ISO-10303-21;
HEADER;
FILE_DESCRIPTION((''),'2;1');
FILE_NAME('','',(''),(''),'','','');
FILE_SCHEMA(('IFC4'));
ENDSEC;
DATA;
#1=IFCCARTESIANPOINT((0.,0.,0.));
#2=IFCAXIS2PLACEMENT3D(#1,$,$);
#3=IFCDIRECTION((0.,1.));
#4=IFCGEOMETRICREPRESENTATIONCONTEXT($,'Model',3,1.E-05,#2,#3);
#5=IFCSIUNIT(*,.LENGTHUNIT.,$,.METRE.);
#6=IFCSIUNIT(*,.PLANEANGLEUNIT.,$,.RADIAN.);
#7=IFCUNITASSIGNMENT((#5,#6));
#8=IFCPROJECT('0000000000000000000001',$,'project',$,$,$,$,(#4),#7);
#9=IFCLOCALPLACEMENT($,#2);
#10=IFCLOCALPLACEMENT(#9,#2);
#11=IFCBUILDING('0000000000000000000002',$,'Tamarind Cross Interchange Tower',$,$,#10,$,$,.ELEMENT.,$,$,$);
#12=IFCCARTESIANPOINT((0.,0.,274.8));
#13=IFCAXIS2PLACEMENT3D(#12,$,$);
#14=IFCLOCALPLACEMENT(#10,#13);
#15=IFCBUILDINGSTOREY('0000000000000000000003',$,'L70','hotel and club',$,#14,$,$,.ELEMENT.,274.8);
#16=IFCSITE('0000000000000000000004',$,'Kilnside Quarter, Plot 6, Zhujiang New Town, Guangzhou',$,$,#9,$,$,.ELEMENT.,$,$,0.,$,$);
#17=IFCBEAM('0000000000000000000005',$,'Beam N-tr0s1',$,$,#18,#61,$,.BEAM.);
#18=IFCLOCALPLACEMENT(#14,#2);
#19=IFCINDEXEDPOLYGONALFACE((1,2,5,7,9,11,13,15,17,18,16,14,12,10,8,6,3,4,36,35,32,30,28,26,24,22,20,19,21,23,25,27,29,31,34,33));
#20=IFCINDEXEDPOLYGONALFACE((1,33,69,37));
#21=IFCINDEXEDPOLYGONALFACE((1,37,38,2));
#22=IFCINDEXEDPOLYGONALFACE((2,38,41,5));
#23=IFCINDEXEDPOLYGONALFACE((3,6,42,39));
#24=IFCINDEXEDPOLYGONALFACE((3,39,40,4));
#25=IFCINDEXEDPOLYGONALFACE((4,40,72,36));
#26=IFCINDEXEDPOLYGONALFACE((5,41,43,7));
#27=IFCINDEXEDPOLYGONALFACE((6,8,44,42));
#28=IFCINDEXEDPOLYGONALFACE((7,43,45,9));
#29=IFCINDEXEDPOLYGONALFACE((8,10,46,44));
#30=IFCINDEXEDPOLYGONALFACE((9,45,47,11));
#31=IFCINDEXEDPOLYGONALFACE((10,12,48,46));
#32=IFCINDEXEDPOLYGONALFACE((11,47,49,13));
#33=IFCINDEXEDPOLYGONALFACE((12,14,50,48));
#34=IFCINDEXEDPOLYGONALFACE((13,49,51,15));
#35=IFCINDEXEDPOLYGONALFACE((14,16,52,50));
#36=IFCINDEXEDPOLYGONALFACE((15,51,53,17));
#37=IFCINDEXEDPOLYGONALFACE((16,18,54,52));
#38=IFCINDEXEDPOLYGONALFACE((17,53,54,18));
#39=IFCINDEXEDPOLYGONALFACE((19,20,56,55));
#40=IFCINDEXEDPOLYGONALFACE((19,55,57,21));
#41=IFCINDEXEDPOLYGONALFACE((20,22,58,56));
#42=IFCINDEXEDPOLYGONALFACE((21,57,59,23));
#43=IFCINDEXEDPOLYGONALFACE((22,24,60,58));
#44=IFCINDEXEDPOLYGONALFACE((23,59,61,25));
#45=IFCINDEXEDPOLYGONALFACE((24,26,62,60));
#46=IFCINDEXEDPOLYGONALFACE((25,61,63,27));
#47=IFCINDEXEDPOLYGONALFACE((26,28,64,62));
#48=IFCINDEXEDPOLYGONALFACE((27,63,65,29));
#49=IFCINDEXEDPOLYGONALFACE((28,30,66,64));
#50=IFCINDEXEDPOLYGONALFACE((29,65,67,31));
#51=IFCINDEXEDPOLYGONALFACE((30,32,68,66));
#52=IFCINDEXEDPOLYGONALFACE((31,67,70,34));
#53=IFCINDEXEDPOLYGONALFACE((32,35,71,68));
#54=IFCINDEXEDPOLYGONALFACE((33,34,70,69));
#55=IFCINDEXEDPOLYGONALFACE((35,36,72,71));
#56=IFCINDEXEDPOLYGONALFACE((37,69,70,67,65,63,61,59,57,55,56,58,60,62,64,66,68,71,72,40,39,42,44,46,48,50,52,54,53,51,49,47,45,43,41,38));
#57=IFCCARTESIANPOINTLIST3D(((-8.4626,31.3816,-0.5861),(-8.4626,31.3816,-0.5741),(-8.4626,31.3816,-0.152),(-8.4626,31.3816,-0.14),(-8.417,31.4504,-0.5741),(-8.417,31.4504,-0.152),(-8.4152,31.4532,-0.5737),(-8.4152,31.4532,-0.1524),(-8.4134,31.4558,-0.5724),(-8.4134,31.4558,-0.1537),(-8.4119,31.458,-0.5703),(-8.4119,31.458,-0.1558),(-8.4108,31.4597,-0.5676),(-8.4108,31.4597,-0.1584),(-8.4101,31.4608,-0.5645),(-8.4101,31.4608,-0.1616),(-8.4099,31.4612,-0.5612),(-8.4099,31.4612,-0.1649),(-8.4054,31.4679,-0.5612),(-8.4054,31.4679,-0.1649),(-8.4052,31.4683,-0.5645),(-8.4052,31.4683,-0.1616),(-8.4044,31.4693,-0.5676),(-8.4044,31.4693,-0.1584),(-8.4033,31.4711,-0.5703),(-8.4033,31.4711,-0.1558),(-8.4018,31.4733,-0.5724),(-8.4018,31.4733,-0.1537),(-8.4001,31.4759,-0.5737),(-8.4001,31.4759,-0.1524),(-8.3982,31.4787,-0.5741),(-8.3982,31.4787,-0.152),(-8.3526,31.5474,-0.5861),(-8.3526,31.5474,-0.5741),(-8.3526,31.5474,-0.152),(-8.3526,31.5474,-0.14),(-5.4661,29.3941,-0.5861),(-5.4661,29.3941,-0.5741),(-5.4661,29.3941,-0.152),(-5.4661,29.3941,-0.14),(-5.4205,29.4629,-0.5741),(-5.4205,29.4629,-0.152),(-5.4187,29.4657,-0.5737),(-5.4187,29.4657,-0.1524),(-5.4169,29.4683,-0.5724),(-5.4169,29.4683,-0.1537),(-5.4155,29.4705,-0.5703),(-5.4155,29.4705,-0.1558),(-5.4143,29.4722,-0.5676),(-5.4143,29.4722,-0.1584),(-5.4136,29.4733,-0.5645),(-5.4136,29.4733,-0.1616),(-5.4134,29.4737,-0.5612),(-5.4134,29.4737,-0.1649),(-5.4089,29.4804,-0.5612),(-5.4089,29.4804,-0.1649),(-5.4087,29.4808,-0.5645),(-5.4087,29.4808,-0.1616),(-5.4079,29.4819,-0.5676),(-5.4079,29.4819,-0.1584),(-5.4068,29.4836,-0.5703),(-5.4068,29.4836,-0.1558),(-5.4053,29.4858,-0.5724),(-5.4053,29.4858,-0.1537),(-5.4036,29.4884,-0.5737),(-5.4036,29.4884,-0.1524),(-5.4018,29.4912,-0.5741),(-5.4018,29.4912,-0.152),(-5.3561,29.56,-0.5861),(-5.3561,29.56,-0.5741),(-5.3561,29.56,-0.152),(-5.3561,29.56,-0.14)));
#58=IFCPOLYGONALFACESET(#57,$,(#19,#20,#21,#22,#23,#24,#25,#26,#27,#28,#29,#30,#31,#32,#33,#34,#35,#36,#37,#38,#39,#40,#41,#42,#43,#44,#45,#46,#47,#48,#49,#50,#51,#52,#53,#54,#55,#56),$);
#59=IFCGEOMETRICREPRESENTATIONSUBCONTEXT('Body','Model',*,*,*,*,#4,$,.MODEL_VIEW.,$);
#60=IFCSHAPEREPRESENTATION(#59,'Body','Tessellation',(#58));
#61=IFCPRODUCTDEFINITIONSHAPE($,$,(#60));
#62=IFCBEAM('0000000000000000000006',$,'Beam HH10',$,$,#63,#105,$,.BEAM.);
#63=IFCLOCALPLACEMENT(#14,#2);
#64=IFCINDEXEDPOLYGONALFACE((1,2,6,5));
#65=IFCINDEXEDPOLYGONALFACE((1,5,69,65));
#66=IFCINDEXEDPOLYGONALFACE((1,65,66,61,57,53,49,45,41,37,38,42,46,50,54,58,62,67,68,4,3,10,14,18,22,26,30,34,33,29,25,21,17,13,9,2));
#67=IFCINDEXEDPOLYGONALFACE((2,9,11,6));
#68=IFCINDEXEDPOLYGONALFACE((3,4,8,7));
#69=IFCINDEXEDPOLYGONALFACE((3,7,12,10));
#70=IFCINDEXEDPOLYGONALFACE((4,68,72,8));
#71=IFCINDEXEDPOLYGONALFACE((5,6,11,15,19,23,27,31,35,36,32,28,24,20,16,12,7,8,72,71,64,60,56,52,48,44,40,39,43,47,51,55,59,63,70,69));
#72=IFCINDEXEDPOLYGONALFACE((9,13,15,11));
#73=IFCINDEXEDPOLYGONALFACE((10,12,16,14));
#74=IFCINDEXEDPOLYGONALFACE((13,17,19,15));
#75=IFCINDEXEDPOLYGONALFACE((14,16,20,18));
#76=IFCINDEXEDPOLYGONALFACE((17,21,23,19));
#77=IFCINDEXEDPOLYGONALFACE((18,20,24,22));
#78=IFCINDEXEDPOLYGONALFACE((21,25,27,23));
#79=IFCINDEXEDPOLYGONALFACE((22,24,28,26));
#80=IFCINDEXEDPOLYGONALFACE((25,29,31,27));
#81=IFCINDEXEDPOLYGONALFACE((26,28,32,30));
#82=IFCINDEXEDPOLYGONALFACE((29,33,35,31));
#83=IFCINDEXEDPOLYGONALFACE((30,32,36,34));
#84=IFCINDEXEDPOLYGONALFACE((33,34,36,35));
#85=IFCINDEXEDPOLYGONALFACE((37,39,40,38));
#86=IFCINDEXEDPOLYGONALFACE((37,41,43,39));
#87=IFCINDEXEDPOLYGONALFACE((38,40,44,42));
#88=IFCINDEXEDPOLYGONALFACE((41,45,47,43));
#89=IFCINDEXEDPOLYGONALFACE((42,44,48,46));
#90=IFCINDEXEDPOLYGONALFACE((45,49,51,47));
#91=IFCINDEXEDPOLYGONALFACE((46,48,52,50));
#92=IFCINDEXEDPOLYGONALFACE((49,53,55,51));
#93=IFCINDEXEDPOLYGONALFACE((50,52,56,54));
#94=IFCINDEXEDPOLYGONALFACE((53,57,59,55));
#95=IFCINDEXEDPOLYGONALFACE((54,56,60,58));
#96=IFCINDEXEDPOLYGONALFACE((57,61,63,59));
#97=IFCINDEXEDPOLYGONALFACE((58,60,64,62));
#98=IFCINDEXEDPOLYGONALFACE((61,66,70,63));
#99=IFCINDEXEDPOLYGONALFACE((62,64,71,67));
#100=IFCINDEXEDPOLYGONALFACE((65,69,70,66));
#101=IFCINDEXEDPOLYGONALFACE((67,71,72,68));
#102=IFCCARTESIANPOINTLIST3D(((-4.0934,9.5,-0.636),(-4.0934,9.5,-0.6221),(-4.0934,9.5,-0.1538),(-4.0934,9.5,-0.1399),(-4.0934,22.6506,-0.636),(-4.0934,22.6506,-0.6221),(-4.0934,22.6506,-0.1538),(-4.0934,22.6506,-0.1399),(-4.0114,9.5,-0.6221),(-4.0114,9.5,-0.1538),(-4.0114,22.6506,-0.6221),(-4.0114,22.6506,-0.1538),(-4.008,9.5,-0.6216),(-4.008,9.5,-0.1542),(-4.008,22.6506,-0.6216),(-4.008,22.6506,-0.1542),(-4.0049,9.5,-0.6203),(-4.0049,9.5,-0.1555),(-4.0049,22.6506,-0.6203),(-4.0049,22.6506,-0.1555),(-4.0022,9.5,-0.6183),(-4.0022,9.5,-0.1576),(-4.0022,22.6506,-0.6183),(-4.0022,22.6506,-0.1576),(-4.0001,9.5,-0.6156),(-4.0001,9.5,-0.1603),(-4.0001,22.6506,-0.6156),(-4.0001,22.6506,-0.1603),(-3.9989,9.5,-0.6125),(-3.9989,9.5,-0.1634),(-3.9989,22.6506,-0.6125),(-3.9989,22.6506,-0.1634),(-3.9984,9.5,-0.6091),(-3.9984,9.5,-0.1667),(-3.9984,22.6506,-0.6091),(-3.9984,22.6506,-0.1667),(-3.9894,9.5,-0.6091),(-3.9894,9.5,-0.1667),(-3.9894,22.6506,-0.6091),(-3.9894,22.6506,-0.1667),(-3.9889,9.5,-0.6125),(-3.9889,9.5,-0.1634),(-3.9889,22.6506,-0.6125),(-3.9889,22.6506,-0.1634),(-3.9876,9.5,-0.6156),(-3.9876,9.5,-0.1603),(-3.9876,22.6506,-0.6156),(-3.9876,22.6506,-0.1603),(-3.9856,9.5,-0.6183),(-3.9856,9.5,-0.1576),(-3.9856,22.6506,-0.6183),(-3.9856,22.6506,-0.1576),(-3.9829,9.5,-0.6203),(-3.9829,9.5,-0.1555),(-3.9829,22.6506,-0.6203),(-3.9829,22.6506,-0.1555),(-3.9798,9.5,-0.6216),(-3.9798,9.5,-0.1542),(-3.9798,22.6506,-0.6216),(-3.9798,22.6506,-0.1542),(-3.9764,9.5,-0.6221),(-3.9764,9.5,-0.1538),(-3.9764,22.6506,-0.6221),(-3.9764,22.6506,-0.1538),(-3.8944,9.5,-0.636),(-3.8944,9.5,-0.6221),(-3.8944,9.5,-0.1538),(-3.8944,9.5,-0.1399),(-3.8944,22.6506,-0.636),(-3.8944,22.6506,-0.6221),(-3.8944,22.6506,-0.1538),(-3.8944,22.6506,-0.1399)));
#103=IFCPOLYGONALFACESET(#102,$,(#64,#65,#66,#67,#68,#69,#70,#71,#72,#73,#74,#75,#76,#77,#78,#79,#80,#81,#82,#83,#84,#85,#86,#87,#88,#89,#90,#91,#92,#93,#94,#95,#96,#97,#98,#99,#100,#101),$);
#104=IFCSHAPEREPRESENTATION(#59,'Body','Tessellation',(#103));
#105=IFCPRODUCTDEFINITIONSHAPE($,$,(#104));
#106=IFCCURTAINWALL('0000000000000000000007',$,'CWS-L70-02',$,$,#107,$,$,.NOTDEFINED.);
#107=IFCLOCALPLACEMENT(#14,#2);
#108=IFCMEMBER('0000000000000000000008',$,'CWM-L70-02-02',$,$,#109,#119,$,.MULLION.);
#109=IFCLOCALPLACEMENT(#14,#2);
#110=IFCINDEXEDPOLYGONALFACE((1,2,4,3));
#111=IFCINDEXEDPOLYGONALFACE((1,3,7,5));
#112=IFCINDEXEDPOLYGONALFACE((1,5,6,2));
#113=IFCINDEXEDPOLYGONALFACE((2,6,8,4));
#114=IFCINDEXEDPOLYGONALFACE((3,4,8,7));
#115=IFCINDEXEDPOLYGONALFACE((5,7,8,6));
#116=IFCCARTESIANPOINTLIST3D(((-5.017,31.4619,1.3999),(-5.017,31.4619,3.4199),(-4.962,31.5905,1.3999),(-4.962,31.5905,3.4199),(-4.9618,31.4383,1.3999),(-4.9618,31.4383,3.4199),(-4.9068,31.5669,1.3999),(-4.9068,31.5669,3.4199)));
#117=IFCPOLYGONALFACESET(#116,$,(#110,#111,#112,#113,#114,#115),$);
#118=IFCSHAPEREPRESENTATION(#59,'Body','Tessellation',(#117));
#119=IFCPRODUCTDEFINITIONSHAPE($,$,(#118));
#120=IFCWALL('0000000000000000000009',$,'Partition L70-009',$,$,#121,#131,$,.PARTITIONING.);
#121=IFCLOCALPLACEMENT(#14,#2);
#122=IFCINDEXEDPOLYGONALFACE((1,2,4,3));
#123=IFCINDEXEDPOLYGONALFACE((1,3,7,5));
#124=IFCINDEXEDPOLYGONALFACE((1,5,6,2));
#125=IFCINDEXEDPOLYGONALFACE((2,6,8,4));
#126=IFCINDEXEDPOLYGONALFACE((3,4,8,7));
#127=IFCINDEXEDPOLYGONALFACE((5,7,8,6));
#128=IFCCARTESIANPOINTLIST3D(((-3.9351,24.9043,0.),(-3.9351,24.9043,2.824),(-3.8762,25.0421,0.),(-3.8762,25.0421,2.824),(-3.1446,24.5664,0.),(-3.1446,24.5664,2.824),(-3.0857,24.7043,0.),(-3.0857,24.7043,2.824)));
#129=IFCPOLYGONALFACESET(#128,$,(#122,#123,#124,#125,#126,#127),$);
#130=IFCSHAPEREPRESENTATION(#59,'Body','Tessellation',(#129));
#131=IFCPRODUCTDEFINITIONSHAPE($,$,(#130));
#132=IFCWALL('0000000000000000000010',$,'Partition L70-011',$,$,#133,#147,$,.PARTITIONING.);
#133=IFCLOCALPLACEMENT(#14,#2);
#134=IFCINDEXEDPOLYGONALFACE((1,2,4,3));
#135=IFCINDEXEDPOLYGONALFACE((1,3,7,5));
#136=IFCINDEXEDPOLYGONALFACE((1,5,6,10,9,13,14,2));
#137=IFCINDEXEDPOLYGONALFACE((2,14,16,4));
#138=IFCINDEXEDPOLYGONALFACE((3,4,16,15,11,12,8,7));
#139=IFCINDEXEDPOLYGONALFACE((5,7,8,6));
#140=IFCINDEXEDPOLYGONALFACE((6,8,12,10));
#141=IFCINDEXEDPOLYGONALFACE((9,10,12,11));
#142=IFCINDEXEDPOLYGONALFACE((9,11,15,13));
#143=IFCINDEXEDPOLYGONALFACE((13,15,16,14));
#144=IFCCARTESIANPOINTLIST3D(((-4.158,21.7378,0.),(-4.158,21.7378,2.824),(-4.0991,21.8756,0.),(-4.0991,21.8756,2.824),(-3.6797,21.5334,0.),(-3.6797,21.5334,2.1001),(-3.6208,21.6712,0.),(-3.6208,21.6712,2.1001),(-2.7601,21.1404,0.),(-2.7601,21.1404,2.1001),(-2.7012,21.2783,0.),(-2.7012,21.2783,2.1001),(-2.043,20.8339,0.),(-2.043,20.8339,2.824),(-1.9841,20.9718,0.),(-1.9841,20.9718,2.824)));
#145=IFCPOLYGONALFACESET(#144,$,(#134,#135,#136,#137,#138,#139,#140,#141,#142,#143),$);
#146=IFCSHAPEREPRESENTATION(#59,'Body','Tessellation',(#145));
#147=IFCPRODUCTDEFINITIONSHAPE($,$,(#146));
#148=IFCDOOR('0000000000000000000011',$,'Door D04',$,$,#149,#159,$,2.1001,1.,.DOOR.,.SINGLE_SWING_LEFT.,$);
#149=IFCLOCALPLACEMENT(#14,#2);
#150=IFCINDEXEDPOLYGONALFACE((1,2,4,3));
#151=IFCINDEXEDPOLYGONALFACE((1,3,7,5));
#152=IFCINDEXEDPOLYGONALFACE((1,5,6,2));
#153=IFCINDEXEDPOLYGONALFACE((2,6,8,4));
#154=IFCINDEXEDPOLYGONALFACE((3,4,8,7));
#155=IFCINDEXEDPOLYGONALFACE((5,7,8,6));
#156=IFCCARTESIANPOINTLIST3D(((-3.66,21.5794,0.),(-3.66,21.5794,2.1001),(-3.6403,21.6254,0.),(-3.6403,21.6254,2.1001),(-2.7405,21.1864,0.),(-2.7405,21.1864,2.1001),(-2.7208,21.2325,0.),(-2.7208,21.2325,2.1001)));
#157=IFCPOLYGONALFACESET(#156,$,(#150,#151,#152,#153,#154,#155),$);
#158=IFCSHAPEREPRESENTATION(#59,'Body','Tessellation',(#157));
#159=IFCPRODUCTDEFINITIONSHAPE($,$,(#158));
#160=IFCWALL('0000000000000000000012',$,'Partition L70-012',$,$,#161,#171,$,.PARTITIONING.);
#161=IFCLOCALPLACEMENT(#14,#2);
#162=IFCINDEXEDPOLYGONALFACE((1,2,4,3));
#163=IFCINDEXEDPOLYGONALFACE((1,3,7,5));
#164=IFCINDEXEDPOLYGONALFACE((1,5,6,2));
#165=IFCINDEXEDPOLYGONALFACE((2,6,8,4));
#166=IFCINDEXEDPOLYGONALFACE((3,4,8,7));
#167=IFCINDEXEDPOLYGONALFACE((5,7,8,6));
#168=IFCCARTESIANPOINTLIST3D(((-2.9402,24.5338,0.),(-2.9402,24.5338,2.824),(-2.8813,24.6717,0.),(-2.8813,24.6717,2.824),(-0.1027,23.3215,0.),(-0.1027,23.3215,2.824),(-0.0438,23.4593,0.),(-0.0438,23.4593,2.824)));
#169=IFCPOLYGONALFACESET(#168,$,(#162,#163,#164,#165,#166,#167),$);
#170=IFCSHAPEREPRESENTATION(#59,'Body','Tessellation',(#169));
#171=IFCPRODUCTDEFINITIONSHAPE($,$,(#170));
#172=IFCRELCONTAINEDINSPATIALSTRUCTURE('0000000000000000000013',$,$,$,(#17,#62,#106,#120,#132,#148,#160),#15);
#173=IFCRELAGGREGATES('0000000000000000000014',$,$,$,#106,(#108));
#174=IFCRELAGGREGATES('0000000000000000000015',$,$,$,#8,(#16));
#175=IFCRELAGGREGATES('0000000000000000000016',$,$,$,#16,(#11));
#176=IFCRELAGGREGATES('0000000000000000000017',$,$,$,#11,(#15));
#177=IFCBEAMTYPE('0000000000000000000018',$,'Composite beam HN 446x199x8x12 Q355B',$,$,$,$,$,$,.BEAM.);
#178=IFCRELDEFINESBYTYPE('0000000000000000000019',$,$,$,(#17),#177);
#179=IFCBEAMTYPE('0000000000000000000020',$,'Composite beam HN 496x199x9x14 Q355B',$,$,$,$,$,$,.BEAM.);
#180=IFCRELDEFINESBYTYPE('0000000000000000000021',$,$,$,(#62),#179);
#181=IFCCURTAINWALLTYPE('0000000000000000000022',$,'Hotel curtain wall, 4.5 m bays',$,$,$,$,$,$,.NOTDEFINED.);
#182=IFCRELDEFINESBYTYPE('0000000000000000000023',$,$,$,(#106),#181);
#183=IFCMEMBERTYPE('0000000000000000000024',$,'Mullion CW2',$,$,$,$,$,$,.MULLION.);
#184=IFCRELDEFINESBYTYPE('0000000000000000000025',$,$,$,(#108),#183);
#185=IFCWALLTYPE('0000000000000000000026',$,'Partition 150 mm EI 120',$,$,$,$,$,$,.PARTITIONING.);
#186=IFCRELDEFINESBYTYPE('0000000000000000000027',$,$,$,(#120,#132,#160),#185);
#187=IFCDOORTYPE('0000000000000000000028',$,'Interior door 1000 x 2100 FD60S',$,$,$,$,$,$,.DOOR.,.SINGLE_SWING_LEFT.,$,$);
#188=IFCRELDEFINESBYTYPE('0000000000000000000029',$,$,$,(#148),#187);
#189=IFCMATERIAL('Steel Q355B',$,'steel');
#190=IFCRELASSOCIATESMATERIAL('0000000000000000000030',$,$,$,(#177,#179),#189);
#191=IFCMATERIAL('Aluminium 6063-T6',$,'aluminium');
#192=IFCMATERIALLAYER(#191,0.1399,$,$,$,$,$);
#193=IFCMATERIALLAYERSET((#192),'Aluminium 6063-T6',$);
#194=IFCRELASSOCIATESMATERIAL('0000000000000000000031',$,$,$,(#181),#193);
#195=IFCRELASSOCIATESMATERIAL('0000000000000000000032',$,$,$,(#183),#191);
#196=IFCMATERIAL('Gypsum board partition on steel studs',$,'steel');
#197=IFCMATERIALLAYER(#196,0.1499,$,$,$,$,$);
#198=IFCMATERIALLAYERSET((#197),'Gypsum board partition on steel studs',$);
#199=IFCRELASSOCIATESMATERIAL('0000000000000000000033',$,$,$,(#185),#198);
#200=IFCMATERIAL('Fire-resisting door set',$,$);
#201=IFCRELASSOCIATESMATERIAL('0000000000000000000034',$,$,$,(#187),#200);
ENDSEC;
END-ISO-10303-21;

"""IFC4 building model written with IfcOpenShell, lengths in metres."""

from ifc_helpers import new_model, si_unit, direction, frame, frame_2d, origin, origin_2d, place, context, subcontext, project, spatial, rectangle, i_section, extrude, material, layer, layer_set, material_profile, profile_set, type_object, element, fill, aggregate, save


model = new_model("IFC4")

# Units and contexts
model_context = context("Model", 3, precision=1e-05, world=origin(), true_north=direction((0.0, 1.0)))
body_context = subcontext(model_context, "Body", "Model", "MODEL_VIEW")
ifc_project = project(units=[si_unit("LENGTHUNIT", "METRE"), si_unit("PLANEANGLEUNIT", "RADIAN")], contexts=[model_context])

# Site, building, storey
site_placement = place(None, origin())
site = spatial("IfcSite", under=ifc_project, at=site_placement, Name="Kilnside Quarter, Plot 6, Zhujiang New Town, Guangzhou", CompositionType="ELEMENT", RefElevation=0.0)
building_placement = place(site_placement, origin())
building = spatial("IfcBuilding", under=site, at=building_placement, Name="Tamarind Cross Interchange Tower", CompositionType="ELEMENT")
storey_placement = place(building_placement, frame((0.0, 0.0, 274.8)))
storey = spatial("IfcBuildingStorey", under=building, at=storey_placement, Name="L70", Description="hotel and club", CompositionType="ELEMENT", Elevation=274.8)

# Beams
ifc_material_1 = material(Name="Steel Q355B", Category="steel")
ifc_material_profile_1 = material_profile(ifc_material_1, i_section(OverallWidth=0.199, OverallDepth=0.446, WebThickness=0.0081, FlangeThickness=0.012, FilletRadius=0.0129, at=origin_2d()), Name="HN 446x199x8x12")
ifc_profile_set_1 = profile_set([ifc_material_profile_1], Name="Steel Q355B")
beam_type_1 = type_object("IfcBeamType", Name="Composite beam HN 446x199x8x12 Q355B", PredefinedType="BEAM", material=ifc_profile_set_1)
beam_1_placement = place(storey_placement, frame((-5.4111, 29.4771, -0.363), z_axis=(-0.833354, 0.55274, 0.0), x_axis=(-0.55274, -0.833354, 0.0)))
element("IfcBeam", 1, at=beam_1_placement, inside=storey, type_object=beam_type_1, Name="Beam N-tr0s1", PredefinedType="BEAM", context=body_context, shape_type="SweptSolid", body=[
    extrude(i_section(OverallWidth=0.199, OverallDepth=0.446, WebThickness=0.0081, FlangeThickness=0.012, FilletRadius=0.0129, at=origin_2d()), origin(), (0.0, 0.0, 1.0), 3.5957),
])
ifc_material_profile_2 = material_profile(ifc_material_1, i_section(OverallWidth=0.199, OverallDepth=0.4961, WebThickness=0.009, FlangeThickness=0.0139, FilletRadius=0.0129, at=origin_2d()), Name="HN 496x199x9x14")
ifc_profile_set_2 = profile_set([ifc_material_profile_2], Name="Steel Q355B")
beam_type_2 = type_object("IfcBeamType", Name="Composite beam HN 496x199x9x14 Q355B", PredefinedType="BEAM", material=ifc_profile_set_2)
beam_2_placement = place(storey_placement, frame((-3.9939, 22.6506, -0.3879), z_axis=(0.0, -1.0, 0.0), x_axis=(1.0, 0.0, 0.0)))
element("IfcBeam", 2, at=beam_2_placement, inside=storey, type_object=beam_type_2, Name="Beam HH10", PredefinedType="BEAM", context=body_context, shape_type="SweptSolid", body=[
    extrude(i_section(OverallWidth=0.199, OverallDepth=0.4961, WebThickness=0.009, FlangeThickness=0.0139, FilletRadius=0.0129, at=origin_2d()), origin(), (0.0, 0.0, 1.0), 13.1506),
])

# Curtain wall, member
ifc_material_2 = material(Name="Aluminium 6063-T6", Category="aluminium")
ifc_layer_1 = layer(ifc_material_2, 0.1399)
ifc_layer_set_1 = layer_set([ifc_layer_1], Name="Aluminium 6063-T6")
curtain_wall_type = type_object("IfcCurtainWallType", Name="Hotel curtain wall, 4.5 m bays", PredefinedType="NOTDEFINED", material=ifc_layer_set_1)
curtain_wall_placement = place(storey_placement, origin())
curtain_wall = element("IfcCurtainWall", 3, at=curtain_wall_placement, inside=storey, type_object=curtain_wall_type, Name="CWS-L70-02", PredefinedType="NOTDEFINED")
ifc_material_profile_3 = material_profile(ifc_material_2, rectangle(XDim=0.0601, YDim=0.1399, at=origin_2d()), Name="Mullion CW2")
ifc_profile_set_3 = profile_set([ifc_material_profile_3], Name="Aluminium 6063-T6")
member_type = type_object("IfcMemberType", Name="Mullion CW2", PredefinedType="MULLION", material=ifc_profile_set_3)
member_placement = place(storey_placement, frame((-4.9619, 31.5144, 1.3999), z_axis=(0.0, 0.0, 1.0), x_axis=(-0.919597, 0.392864, 0.0)))
member = element("IfcMember", 4, at=member_placement, type_object=member_type, Name="CWM-L70-02-02", PredefinedType="MULLION", context=body_context, shape_type="SweptSolid", body=[
    extrude(rectangle(XDim=0.0601, YDim=0.1399, at=origin_2d()), origin(), (0.0, 0.0, 1.0), 2.02),
])
aggregate(curtain_wall, [member])

# Wall
ifc_material_3 = material(Name="Gypsum board partition on steel studs", Category="steel")
ifc_layer_2 = layer(ifc_material_3, 0.1499)
ifc_layer_set_2 = layer_set([ifc_layer_2], Name="Gypsum board partition on steel studs")
wall_type_1 = type_object("IfcWallType", Name="Partition 150 mm EI 120", PredefinedType="PARTITIONING", material=ifc_layer_set_2)
wall_1_placement = place(storey_placement, frame((-3.9055, 24.9731, 0.0), z_axis=(0.0, 0.0, 1.0), x_axis=(0.919527, -0.393028, 0.0)))
element("IfcWall", 5, at=wall_1_placement, inside=storey, type_object=wall_type_1, Name="Partition L70-009", PredefinedType="PARTITIONING", context=body_context, shape_type="SweptSolid", body=[
    extrude(rectangle(XDim=0.8596, YDim=0.1499, at=frame_2d((0.4297, 0.0))), origin(), (0.0, 0.0, 1.0), 2.824),
])

# Wall, opening, door
wall_2_placement = place(storey_placement, frame((-4.1284, 21.8066, 0.0), z_axis=(0.0, 0.0, 1.0), x_axis=(0.919556, -0.392958, 0.0)))
wall_2 = element("IfcWall", 6, at=wall_2_placement, inside=storey, type_object=wall_type_1, Name="Partition L70-011", PredefinedType="PARTITIONING", context=body_context, shape_type="SweptSolid", body=[
    extrude(rectangle(XDim=2.3, YDim=0.1499, at=frame_2d((1.1499, 0.0))), origin(), (0.0, 0.0, 1.0), 2.824),
])
opening_1_placement = place(wall_2_placement, frame((0.52, 0.0, 0.0)))
opening_1 = element("IfcOpeningElement", 7, at=opening_1_placement, cuts=wall_2, PredefinedType="OPENING", context=body_context, shape_type="SweptSolid", body=[
    extrude(rectangle(XDim=1.0, YDim=2.1001, at=frame_2d((0.5, 1.05))), frame((0.0, 0.085, 0.0), z_axis=(0.0, -1.0, 0.0), x_axis=(1.0, 0.0, 0.0)), (0.0, 0.0, 1.0), 0.1699),
])
ifc_material_4 = material(Name="Fire-resisting door set")
door_type_1 = type_object("IfcDoorType", Name="Interior door 1000 x 2100 FD60S", OperationType="SINGLE_SWING_LEFT", PredefinedType="DOOR", material=ifc_material_4)
door_1_placement = place(opening_1_placement, frame((1.0, 0.0, 0.0), z_axis=(0.0, 0.0, 1.0), x_axis=(-1.0, 0.0, 0.0)))
door_1 = element("IfcDoor", 8, at=door_1_placement, inside=storey, type_object=door_type_1, Name="Door D04", OperationType="SINGLE_SWING_LEFT", OverallHeight=2.1001, OverallWidth=1.0, PredefinedType="DOOR", context=body_context, shape_type="SweptSolid", body=[
    extrude(rectangle(XDim=1.0, YDim=2.1001, at=frame_2d((0.5, 1.05))), frame((0.0, 0.0249, 0.0), z_axis=(0.0, -1.0, 0.0), x_axis=(1.0, 0.0, 0.0)), (0.0, 0.0, 1.0), 0.05),
])
fill(opening_1, door_1)

# Wall
wall_3_placement = place(storey_placement, frame((-2.9109, 24.6028, 0.0), z_axis=(0.0, 0.0, 1.0), x_axis=(0.919582, -0.392897, 0.0)))
element("IfcWall", 9, at=wall_3_placement, inside=storey, type_object=wall_type_1, Name="Partition L70-012", PredefinedType="PARTITIONING", context=body_context, shape_type="SweptSolid", body=[
    extrude(rectangle(XDim=3.0857, YDim=0.1499, at=frame_2d((1.543, 0.0))), origin(), (0.0, 0.0, 1.0), 2.824),
])

save(model, "model.ifc")
